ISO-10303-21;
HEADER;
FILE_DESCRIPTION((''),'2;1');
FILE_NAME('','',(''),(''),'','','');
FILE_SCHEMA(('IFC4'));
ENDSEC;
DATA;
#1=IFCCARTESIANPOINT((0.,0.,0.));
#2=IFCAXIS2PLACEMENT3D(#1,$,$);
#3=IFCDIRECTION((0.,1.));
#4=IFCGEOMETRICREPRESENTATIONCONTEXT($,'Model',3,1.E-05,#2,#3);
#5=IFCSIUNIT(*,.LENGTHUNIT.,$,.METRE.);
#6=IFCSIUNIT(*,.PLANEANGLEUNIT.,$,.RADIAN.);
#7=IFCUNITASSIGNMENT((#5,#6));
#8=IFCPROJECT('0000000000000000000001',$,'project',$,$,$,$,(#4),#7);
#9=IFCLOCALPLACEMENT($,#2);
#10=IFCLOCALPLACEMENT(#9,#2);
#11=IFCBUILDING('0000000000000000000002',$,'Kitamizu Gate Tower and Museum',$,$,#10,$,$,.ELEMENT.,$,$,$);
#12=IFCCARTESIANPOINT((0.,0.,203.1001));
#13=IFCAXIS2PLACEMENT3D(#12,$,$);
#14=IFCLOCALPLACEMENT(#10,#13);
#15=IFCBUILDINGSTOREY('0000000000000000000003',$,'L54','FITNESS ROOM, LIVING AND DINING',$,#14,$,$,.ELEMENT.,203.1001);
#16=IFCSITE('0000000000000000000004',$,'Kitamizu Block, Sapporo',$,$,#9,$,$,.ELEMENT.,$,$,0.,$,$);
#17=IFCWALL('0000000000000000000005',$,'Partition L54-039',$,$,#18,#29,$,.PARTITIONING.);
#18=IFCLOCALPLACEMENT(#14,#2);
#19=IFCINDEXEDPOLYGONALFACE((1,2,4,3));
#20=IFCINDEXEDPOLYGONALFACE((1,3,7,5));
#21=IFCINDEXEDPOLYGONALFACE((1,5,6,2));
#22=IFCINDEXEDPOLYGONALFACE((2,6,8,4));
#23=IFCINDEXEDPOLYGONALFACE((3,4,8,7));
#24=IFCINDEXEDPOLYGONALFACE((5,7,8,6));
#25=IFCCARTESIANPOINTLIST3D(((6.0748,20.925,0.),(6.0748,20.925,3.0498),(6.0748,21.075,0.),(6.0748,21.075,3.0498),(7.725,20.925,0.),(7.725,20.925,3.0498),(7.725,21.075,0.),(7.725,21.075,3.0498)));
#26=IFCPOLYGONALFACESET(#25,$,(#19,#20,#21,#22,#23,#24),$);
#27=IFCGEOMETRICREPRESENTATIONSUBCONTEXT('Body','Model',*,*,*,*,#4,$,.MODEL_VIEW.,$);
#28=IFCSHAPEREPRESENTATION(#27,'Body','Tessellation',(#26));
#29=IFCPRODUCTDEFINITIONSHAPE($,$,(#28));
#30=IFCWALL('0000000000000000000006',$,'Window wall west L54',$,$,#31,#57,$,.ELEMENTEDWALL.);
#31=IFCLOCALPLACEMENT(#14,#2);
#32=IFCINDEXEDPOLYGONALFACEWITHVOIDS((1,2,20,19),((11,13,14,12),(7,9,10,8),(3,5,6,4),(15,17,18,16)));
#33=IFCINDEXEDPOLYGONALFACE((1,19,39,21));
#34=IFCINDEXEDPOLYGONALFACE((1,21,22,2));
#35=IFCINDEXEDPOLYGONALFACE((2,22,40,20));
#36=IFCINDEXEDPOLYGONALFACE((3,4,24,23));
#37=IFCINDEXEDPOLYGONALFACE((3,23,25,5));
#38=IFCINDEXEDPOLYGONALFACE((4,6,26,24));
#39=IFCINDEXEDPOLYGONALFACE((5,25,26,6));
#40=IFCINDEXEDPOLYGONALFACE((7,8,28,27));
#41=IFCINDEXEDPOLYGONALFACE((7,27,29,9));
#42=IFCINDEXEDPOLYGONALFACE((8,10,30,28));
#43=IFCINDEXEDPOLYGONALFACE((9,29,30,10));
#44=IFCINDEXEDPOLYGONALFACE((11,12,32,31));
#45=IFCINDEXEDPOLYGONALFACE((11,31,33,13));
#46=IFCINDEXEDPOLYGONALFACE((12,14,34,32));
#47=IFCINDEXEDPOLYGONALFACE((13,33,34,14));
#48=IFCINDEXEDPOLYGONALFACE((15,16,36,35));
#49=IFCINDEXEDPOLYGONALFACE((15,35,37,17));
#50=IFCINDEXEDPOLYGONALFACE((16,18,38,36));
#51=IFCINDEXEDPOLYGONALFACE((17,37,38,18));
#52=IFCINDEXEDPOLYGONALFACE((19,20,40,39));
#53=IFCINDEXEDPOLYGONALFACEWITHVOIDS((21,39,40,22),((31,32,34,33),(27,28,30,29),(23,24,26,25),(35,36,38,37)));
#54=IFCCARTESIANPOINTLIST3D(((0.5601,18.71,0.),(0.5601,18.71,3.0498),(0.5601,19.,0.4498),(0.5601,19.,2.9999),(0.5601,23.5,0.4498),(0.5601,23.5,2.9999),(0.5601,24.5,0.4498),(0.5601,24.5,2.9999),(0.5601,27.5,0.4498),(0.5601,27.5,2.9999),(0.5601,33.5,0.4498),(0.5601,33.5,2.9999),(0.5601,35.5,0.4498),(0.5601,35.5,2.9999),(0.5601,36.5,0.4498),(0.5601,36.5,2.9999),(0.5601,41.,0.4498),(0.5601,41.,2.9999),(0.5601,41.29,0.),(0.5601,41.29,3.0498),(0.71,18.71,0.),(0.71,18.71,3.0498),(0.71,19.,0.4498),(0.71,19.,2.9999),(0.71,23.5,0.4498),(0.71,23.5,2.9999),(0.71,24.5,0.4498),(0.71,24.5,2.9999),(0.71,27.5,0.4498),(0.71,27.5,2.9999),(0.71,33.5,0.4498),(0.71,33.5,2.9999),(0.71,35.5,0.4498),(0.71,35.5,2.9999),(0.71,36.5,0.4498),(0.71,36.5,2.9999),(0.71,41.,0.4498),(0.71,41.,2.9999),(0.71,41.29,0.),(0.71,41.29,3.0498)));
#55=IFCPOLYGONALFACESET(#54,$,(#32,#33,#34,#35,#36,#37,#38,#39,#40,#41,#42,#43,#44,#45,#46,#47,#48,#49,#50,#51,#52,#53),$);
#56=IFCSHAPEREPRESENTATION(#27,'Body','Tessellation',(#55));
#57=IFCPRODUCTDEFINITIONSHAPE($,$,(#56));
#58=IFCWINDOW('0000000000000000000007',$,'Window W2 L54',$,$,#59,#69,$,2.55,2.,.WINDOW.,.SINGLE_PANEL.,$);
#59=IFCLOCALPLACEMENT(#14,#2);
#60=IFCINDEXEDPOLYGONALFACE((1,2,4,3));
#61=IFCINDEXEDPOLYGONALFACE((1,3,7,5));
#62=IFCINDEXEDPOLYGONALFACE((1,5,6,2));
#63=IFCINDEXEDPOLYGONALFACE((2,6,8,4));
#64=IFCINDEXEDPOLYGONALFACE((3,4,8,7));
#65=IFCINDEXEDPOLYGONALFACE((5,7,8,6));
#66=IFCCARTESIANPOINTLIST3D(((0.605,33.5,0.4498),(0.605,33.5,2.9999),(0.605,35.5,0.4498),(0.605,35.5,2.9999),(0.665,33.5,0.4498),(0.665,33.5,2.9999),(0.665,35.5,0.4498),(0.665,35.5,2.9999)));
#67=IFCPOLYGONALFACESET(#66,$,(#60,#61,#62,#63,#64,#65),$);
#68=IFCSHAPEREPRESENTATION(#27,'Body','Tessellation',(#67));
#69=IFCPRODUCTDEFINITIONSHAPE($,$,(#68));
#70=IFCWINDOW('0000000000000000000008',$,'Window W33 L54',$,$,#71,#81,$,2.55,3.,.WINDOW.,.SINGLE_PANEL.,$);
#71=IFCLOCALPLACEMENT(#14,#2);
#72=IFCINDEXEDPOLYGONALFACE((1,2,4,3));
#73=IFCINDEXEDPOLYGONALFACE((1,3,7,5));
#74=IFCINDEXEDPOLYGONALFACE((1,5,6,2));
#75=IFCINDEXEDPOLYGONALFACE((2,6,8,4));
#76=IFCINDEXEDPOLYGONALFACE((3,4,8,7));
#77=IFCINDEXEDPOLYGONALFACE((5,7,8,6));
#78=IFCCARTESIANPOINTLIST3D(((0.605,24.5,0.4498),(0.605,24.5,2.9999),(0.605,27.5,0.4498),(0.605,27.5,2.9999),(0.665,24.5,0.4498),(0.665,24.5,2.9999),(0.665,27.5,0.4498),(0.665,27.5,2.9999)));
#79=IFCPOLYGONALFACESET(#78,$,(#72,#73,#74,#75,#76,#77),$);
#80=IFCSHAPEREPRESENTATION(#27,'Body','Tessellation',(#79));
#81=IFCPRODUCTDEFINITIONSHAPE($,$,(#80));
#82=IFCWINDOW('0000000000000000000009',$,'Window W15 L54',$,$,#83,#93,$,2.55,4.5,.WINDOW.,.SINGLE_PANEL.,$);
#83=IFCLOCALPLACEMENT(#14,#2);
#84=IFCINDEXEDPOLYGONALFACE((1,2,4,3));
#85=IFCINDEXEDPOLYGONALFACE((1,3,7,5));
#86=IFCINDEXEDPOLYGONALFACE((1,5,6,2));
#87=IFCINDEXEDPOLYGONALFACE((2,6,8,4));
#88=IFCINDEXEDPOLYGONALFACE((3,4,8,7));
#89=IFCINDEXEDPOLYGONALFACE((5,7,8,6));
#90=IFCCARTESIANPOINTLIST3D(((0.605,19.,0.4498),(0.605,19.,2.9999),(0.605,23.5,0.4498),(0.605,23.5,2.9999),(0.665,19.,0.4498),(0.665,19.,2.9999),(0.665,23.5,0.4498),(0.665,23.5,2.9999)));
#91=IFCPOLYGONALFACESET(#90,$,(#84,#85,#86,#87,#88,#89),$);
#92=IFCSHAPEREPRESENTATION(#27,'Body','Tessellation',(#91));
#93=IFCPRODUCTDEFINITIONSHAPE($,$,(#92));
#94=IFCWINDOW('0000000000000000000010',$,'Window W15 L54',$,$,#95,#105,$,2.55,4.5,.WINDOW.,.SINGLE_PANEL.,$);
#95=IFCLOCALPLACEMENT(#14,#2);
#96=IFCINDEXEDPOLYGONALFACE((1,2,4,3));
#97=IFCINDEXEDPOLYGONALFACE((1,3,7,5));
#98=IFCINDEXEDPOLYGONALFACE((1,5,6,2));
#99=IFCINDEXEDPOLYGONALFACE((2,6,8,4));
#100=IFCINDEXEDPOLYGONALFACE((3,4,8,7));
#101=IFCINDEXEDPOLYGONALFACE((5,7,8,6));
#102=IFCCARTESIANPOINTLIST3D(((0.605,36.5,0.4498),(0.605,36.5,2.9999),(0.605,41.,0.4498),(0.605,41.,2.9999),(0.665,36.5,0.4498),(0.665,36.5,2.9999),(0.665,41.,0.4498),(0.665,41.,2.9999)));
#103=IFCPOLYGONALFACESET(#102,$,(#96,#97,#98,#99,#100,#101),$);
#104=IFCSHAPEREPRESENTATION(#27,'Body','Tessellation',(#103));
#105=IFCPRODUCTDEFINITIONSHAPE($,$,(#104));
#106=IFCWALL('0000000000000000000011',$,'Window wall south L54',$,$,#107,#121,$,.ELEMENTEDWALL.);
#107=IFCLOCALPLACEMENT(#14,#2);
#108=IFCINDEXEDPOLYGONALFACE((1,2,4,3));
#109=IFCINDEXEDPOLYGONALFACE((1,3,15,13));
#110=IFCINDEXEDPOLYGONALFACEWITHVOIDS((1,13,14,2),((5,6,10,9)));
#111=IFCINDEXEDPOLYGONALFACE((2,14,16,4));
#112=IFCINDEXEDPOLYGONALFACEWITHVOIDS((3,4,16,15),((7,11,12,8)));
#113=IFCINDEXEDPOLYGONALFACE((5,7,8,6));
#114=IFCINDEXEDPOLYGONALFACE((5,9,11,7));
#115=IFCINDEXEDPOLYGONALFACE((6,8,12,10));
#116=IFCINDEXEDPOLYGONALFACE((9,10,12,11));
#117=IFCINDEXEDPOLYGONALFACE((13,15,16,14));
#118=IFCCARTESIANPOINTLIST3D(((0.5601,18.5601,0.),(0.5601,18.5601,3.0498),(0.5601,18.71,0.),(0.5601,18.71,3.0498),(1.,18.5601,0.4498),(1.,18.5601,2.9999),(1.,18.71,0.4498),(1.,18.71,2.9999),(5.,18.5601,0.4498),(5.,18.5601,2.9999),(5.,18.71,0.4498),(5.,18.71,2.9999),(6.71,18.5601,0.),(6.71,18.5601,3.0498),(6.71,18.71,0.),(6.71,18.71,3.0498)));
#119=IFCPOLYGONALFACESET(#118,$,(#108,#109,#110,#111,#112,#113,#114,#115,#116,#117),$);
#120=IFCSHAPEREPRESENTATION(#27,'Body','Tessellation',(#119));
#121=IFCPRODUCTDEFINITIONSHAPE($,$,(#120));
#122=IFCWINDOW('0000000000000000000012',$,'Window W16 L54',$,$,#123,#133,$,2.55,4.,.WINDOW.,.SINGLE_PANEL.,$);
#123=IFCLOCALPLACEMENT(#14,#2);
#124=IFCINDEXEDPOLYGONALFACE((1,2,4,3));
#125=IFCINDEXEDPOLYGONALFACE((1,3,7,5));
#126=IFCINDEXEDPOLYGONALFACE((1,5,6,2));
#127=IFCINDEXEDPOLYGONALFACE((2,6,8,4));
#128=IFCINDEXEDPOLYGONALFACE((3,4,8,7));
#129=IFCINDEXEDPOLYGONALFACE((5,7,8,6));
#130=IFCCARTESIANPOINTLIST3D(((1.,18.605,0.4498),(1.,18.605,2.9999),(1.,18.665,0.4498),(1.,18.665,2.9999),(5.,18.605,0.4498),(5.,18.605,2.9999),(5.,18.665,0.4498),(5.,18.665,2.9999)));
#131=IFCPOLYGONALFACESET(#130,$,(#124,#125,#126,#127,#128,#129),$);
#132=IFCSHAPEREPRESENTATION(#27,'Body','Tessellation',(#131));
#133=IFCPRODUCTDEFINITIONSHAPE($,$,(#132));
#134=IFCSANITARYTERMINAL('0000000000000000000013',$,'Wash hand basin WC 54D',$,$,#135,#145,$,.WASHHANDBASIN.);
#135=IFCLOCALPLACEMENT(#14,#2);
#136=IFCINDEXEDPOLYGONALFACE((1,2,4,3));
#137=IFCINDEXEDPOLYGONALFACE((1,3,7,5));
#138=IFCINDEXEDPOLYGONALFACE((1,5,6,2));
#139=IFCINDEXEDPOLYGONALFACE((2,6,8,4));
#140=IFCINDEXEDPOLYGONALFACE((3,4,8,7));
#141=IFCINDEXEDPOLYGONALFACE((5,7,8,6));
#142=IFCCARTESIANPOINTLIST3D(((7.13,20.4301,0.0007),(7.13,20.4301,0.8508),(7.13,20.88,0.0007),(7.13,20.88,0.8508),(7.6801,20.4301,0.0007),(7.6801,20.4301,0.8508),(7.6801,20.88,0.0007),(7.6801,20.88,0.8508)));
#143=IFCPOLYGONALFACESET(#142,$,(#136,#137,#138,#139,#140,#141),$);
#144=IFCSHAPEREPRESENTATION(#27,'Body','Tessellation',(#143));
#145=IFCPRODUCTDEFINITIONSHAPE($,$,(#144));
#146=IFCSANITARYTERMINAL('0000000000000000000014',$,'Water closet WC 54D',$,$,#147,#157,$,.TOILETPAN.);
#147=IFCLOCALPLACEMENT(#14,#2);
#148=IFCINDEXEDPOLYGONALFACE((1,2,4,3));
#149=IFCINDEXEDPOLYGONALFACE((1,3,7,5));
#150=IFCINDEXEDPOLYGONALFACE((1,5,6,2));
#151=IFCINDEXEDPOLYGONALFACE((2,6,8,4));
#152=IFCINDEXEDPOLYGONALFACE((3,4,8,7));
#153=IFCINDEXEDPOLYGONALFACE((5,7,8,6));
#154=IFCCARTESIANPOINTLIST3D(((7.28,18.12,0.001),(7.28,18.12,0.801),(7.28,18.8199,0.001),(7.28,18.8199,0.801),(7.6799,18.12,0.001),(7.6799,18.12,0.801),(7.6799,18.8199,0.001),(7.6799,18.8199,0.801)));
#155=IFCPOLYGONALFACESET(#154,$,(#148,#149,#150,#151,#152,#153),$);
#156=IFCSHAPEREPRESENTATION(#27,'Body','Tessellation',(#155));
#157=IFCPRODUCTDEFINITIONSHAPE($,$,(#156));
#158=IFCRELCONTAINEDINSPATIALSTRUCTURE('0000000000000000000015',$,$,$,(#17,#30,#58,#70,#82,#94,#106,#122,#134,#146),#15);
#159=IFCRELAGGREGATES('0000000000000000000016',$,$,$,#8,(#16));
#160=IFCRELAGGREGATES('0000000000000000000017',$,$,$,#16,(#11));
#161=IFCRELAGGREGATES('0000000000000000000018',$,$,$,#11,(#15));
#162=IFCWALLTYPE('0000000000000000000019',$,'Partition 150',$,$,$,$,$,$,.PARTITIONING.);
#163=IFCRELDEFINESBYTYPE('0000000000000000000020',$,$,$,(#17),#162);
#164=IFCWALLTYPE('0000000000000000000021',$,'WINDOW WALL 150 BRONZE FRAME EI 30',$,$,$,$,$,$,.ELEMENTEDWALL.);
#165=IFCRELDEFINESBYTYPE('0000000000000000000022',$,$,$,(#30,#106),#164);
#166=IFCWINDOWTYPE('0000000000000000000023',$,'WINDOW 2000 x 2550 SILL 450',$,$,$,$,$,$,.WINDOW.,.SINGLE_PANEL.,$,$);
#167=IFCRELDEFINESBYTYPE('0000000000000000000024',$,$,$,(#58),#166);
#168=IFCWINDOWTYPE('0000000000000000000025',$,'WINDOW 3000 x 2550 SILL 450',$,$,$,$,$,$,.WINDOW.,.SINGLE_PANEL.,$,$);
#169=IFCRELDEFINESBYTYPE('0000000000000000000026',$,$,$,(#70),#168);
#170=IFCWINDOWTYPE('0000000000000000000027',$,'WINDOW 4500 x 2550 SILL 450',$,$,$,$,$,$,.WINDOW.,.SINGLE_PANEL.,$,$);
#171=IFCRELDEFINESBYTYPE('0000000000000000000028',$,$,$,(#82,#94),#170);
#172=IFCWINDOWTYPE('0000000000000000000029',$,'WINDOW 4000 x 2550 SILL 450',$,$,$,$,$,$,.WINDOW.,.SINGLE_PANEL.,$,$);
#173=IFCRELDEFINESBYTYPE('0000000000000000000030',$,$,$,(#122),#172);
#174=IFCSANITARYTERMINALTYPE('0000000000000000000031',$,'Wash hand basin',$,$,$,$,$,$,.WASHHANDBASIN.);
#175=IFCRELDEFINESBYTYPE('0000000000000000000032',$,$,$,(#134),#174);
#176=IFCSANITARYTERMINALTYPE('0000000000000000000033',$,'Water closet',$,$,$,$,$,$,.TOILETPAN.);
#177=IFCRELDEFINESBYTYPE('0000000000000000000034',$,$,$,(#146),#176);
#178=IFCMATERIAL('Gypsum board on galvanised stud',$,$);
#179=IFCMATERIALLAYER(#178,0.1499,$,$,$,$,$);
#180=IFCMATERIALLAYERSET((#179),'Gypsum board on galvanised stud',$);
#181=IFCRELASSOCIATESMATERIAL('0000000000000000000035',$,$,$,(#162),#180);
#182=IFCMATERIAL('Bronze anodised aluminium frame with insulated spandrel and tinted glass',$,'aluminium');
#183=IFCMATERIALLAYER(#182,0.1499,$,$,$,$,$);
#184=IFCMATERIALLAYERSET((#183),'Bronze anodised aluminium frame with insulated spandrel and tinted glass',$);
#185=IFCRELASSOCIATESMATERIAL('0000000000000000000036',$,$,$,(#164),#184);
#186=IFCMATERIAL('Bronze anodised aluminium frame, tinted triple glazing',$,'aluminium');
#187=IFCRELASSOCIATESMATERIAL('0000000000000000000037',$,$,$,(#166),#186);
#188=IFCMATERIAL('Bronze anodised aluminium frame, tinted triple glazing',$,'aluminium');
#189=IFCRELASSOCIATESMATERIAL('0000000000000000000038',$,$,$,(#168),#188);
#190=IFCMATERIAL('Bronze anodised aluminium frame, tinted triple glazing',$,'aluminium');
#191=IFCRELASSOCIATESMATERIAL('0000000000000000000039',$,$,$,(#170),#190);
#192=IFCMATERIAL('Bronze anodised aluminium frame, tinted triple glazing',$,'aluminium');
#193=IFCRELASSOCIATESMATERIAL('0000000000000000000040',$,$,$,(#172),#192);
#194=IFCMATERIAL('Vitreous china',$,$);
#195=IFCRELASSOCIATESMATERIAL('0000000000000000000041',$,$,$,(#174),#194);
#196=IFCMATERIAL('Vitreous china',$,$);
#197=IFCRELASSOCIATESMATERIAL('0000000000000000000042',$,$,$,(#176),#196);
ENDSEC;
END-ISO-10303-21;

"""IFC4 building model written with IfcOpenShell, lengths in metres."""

from ifc_helpers import new_model, si_unit, direction, frame, frame_2d, origin, origin_2d, place, context, subcontext, project, spatial, rectangle, extrude, material, layer, layer_set, type_object, element, fill, save


model = new_model("IFC4")

# Units and contexts
model_context = context("Model", 3, precision=1e-05, world=origin(), true_north=direction((0.0, 1.0)))
body_context = subcontext(model_context, "Body", "Model", "MODEL_VIEW")
ifc_project = project(units=[si_unit("LENGTHUNIT", "METRE"), si_unit("PLANEANGLEUNIT", "RADIAN")], contexts=[model_context])

# Site, building, storey
site_placement = place(None, origin())
site = spatial("IfcSite", under=ifc_project, at=site_placement, Name="Kitamizu Block, Sapporo", CompositionType="ELEMENT", RefElevation=0.0)
building_placement = place(site_placement, origin())
building = spatial("IfcBuilding", under=site, at=building_placement, Name="Kitamizu Gate Tower and Museum", CompositionType="ELEMENT")
storey_placement = place(building_placement, frame((0.0, 0.0, 203.1001)))
storey = spatial("IfcBuildingStorey", under=building, at=storey_placement, Name="L54", Description="FITNESS ROOM, LIVING AND DINING", CompositionType="ELEMENT", Elevation=203.1001)

# Shared definitions
ifc_material_1 = material(Name="Gypsum board on galvanised stud")
ifc_layer_1 = layer(ifc_material_1, 0.1499)
ifc_layer_set_1 = layer_set([ifc_layer_1], Name="Gypsum board on galvanised stud")
wall_type_1 = type_object("IfcWallType", Name="Partition 150", PredefinedType="PARTITIONING", material=ifc_layer_set_1)

# Wall
wall_1_placement = place(storey_placement, frame((7.7251, 21.0, 0.0), z_axis=(0.0, 0.0, 1.0), x_axis=(-1.0, 0.0, 0.0)))
element("IfcWall", 1, at=wall_1_placement, inside=storey, type_object=wall_type_1, Name="Partition L54-039", PredefinedType="PARTITIONING", context=body_context, shape_type="SweptSolid", body=[
    extrude(rectangle(XDim=1.6501, YDim=0.1499, at=frame_2d((0.8252, 0.0))), origin(), (0.0, 0.0, 1.0), 3.0498),
])

# Wall, openings, windows
ifc_material_2 = material(Name="Bronze anodised aluminium frame with insulated spandrel and tinted glass", Category="aluminium")
ifc_layer_2 = layer(ifc_material_2, 0.1499)
ifc_layer_set_2 = layer_set([ifc_layer_2], Name="Bronze anodised aluminium frame with insulated spandrel and tinted glass")
wall_type_2 = type_object("IfcWallType", Name="WINDOW WALL 150 BRONZE FRAME EI 30", PredefinedType="ELEMENTEDWALL", material=ifc_layer_set_2)
wall_2_placement = place(storey_placement, frame((0.635, 18.71, 0.0), z_axis=(0.0, 0.0, 1.0), x_axis=(0.0, 1.0, 0.0)))
wall_2 = element("IfcWall", 2, at=wall_2_placement, inside=storey, type_object=wall_type_2, Name="Window wall west L54", PredefinedType="ELEMENTEDWALL", context=body_context, shape_type="SweptSolid", body=[
    extrude(rectangle(XDim=22.5801, YDim=0.1499, at=frame_2d((11.29, 0.0))), origin(), (0.0, 0.0, 1.0), 3.0498),
])
opening_1_placement = place(wall_2_placement, frame((0.29, 0.0, 0.45)))
opening_1 = element("IfcOpeningElement", 3, at=opening_1_placement, cuts=wall_2, PredefinedType="OPENING", context=body_context, shape_type="SweptSolid", body=[
    extrude(rectangle(XDim=4.5, YDim=2.55, at=frame_2d((2.25, 1.2749))), frame((0.0, 0.085, 0.0), z_axis=(0.0, -1.0, 0.0), x_axis=(1.0, 0.0, 0.0)), (0.0, 0.0, 1.0), 0.1699),
])
opening_2_placement = place(wall_2_placement, frame((5.79, 0.0, 0.45)))
opening_2 = element("IfcOpeningElement", 4, at=opening_2_placement, cuts=wall_2, PredefinedType="OPENING", context=body_context, shape_type="SweptSolid", body=[
    extrude(rectangle(XDim=3.0, YDim=2.55, at=frame_2d((1.5, 1.2749))), frame((0.0, 0.085, 0.0), z_axis=(0.0, -1.0, 0.0), x_axis=(1.0, 0.0, 0.0)), (0.0, 0.0, 1.0), 0.1699),
])
opening_3_placement = place(wall_2_placement, frame((14.79, 0.0, 0.45)))
opening_3 = element("IfcOpeningElement", 5, at=opening_3_placement, cuts=wall_2, PredefinedType="OPENING", context=body_context, shape_type="SweptSolid", body=[
    extrude(rectangle(XDim=2.0, YDim=2.55, at=frame_2d((1.0, 1.2749))), frame((0.0, 0.085, 0.0), z_axis=(0.0, -1.0, 0.0), x_axis=(1.0, 0.0, 0.0)), (0.0, 0.0, 1.0), 0.1699),
])
opening_4_placement = place(wall_2_placement, frame((17.79, 0.0, 0.45)))
opening_4 = element("IfcOpeningElement", 6, at=opening_4_placement, cuts=wall_2, PredefinedType="OPENING", context=body_context, shape_type="SweptSolid", body=[
    extrude(rectangle(XDim=4.5, YDim=2.55, at=frame_2d((2.25, 1.2749))), frame((0.0, 0.085, 0.0), z_axis=(0.0, -1.0, 0.0), x_axis=(1.0, 0.0, 0.0)), (0.0, 0.0, 1.0), 0.1699),
])
ifc_material_3 = material(Name="Bronze anodised aluminium frame, tinted triple glazing", Category="aluminium")
window_type_1 = type_object("IfcWindowType", Name="WINDOW 2000 x 2550 SILL 450", PartitioningType="SINGLE_PANEL", PredefinedType="WINDOW", material=ifc_material_3)
window_1_placement = place(opening_3_placement, origin())
window_1 = element("IfcWindow", 7, at=window_1_placement, inside=storey, type_object=window_type_1, Name="Window W2 L54", OverallHeight=2.55, OverallWidth=2.0, PartitioningType="SINGLE_PANEL", PredefinedType="WINDOW", context=body_context, shape_type="SweptSolid", body=[
    extrude(rectangle(XDim=2.0, YDim=2.55, at=frame_2d((1.0, 1.2749))), frame((0.0, 0.03, 0.0), z_axis=(0.0, -1.0, 0.0), x_axis=(1.0, 0.0, 0.0)), (0.0, 0.0, 1.0), 0.0601),
])
fill(opening_3, window_1)
ifc_material_4 = material(Name="Bronze anodised aluminium frame, tinted triple glazing", Category="aluminium")
window_type_2 = type_object("IfcWindowType", Name="WINDOW 3000 x 2550 SILL 450", PartitioningType="SINGLE_PANEL", PredefinedType="WINDOW", material=ifc_material_4)
window_2_placement = place(opening_2_placement, origin())
window_2 = element("IfcWindow", 8, at=window_2_placement, inside=storey, type_object=window_type_2, Name="Window W33 L54", OverallHeight=2.55, OverallWidth=3.0, PartitioningType="SINGLE_PANEL", PredefinedType="WINDOW", context=body_context, shape_type="SweptSolid", body=[
    extrude(rectangle(XDim=3.0, YDim=2.55, at=frame_2d((1.5, 1.2749))), frame((0.0, 0.03, 0.0), z_axis=(0.0, -1.0, 0.0), x_axis=(1.0, 0.0, 0.0)), (0.0, 0.0, 1.0), 0.0601),
])
fill(opening_2, window_2)
ifc_material_5 = material(Name="Bronze anodised aluminium frame, tinted triple glazing", Category="aluminium")
window_type_3 = type_object("IfcWindowType", Name="WINDOW 4500 x 2550 SILL 450", PartitioningType="SINGLE_PANEL", PredefinedType="WINDOW", material=ifc_material_5)
window_3_placement = place(opening_1_placement, origin())
window_3 = element("IfcWindow", 9, at=window_3_placement, inside=storey, type_object=window_type_3, Name="Window W15 L54", OverallHeight=2.55, OverallWidth=4.5, PartitioningType="SINGLE_PANEL", PredefinedType="WINDOW", context=body_context, shape_type="SweptSolid", body=[
    extrude(rectangle(XDim=4.5, YDim=2.55, at=frame_2d((2.25, 1.2749))), frame((0.0, 0.03, 0.0), z_axis=(0.0, -1.0, 0.0), x_axis=(1.0, 0.0, 0.0)), (0.0, 0.0, 1.0), 0.0601),
])
fill(opening_1, window_3)
window_4_placement = place(opening_4_placement, origin())
window_4 = element("IfcWindow", 10, at=window_4_placement, inside=storey, type_object=window_type_3, Name="Window W15 L54", OverallHeight=2.55, OverallWidth=4.5, PartitioningType="SINGLE_PANEL", PredefinedType="WINDOW", context=body_context, shape_type="SweptSolid", body=[
    extrude(rectangle(XDim=4.5, YDim=2.55, at=frame_2d((2.25, 1.2749))), frame((0.0, 0.03, 0.0), z_axis=(0.0, -1.0, 0.0), x_axis=(1.0, 0.0, 0.0)), (0.0, 0.0, 1.0), 0.0601),
])
fill(opening_4, window_4)

# Wall, opening, window
wall_3_placement = place(storey_placement, frame((0.5601, 18.635, 0.0), z_axis=(0.0, 0.0, 1.0), x_axis=(1.0, 0.0, 0.0)))
wall_3 = element("IfcWall", 11, at=wall_3_placement, inside=storey, type_object=wall_type_2, Name="Window wall south L54", PredefinedType="ELEMENTEDWALL", context=body_context, shape_type="SweptSolid", body=[
    extrude(rectangle(XDim=6.1499, YDim=0.1499, at=frame_2d((3.075, 0.0))), origin(), (0.0, 0.0, 1.0), 3.0498),
])
opening_5_placement = place(wall_3_placement, frame((0.4399, 0.0, 0.45)))
opening_5 = element("IfcOpeningElement", 12, at=opening_5_placement, cuts=wall_3, PredefinedType="OPENING", context=body_context, shape_type="SweptSolid", body=[
    extrude(rectangle(XDim=4.0, YDim=2.55, at=frame_2d((2.0, 1.2749))), frame((0.0, 0.085, 0.0), z_axis=(0.0, -1.0, 0.0), x_axis=(1.0, 0.0, 0.0)), (0.0, 0.0, 1.0), 0.1699),
])
ifc_material_6 = material(Name="Bronze anodised aluminium frame, tinted triple glazing", Category="aluminium")
window_type_4 = type_object("IfcWindowType", Name="WINDOW 4000 x 2550 SILL 450", PartitioningType="SINGLE_PANEL", PredefinedType="WINDOW", material=ifc_material_6)
window_5_placement = place(opening_5_placement, origin())
window_5 = element("IfcWindow", 13, at=window_5_placement, inside=storey, type_object=window_type_4, Name="Window W16 L54", OverallHeight=2.55, OverallWidth=4.0, PartitioningType="SINGLE_PANEL", PredefinedType="WINDOW", context=body_context, shape_type="SweptSolid", body=[
    extrude(rectangle(XDim=4.0, YDim=2.55, at=frame_2d((2.0, 1.2749))), frame((0.0, 0.03, 0.0), z_axis=(0.0, -1.0, 0.0), x_axis=(1.0, 0.0, 0.0)), (0.0, 0.0, 1.0), 0.0601),
])
fill(opening_5, window_5)

# Sanitary terminals
ifc_material_7 = material(Name="Vitreous china")
sanitary_terminal_type_1 = type_object("IfcSanitaryTerminalType", Name="Wash hand basin", PredefinedType="WASHHANDBASIN", material=ifc_material_7)
sanitary_terminal_1_placement = place(storey_placement, frame((7.405, 20.655, 0.0007), z_axis=(0.0, 0.0, 1.0), x_axis=(1.0, 0.0, 0.0)))
element("IfcSanitaryTerminal", 14, at=sanitary_terminal_1_placement, inside=storey, type_object=sanitary_terminal_type_1, Name="Wash hand basin WC 54D", PredefinedType="WASHHANDBASIN", context=body_context, shape_type="SweptSolid", body=[
    extrude(rectangle(XDim=0.55, YDim=0.45, at=origin_2d()), origin(), (0.0, 0.0, 1.0), 0.8501),
])
ifc_material_8 = material(Name="Vitreous china")
sanitary_terminal_type_2 = type_object("IfcSanitaryTerminalType", Name="Water closet", PredefinedType="TOILETPAN", material=ifc_material_8)
sanitary_terminal_2_placement = place(storey_placement, frame((7.48, 18.47, 0.001), z_axis=(0.0, 0.0, 1.0), x_axis=(1.0, 0.0, 0.0)))
element("IfcSanitaryTerminal", 15, at=sanitary_terminal_2_placement, inside=storey, type_object=sanitary_terminal_type_2, Name="Water closet WC 54D", PredefinedType="TOILETPAN", context=body_context, shape_type="SweptSolid", body=[
    extrude(rectangle(XDim=0.3999, YDim=0.7, at=origin_2d()), origin(), (0.0, 0.0, 1.0), 0.8),
])

save(model, "model.ifc")
